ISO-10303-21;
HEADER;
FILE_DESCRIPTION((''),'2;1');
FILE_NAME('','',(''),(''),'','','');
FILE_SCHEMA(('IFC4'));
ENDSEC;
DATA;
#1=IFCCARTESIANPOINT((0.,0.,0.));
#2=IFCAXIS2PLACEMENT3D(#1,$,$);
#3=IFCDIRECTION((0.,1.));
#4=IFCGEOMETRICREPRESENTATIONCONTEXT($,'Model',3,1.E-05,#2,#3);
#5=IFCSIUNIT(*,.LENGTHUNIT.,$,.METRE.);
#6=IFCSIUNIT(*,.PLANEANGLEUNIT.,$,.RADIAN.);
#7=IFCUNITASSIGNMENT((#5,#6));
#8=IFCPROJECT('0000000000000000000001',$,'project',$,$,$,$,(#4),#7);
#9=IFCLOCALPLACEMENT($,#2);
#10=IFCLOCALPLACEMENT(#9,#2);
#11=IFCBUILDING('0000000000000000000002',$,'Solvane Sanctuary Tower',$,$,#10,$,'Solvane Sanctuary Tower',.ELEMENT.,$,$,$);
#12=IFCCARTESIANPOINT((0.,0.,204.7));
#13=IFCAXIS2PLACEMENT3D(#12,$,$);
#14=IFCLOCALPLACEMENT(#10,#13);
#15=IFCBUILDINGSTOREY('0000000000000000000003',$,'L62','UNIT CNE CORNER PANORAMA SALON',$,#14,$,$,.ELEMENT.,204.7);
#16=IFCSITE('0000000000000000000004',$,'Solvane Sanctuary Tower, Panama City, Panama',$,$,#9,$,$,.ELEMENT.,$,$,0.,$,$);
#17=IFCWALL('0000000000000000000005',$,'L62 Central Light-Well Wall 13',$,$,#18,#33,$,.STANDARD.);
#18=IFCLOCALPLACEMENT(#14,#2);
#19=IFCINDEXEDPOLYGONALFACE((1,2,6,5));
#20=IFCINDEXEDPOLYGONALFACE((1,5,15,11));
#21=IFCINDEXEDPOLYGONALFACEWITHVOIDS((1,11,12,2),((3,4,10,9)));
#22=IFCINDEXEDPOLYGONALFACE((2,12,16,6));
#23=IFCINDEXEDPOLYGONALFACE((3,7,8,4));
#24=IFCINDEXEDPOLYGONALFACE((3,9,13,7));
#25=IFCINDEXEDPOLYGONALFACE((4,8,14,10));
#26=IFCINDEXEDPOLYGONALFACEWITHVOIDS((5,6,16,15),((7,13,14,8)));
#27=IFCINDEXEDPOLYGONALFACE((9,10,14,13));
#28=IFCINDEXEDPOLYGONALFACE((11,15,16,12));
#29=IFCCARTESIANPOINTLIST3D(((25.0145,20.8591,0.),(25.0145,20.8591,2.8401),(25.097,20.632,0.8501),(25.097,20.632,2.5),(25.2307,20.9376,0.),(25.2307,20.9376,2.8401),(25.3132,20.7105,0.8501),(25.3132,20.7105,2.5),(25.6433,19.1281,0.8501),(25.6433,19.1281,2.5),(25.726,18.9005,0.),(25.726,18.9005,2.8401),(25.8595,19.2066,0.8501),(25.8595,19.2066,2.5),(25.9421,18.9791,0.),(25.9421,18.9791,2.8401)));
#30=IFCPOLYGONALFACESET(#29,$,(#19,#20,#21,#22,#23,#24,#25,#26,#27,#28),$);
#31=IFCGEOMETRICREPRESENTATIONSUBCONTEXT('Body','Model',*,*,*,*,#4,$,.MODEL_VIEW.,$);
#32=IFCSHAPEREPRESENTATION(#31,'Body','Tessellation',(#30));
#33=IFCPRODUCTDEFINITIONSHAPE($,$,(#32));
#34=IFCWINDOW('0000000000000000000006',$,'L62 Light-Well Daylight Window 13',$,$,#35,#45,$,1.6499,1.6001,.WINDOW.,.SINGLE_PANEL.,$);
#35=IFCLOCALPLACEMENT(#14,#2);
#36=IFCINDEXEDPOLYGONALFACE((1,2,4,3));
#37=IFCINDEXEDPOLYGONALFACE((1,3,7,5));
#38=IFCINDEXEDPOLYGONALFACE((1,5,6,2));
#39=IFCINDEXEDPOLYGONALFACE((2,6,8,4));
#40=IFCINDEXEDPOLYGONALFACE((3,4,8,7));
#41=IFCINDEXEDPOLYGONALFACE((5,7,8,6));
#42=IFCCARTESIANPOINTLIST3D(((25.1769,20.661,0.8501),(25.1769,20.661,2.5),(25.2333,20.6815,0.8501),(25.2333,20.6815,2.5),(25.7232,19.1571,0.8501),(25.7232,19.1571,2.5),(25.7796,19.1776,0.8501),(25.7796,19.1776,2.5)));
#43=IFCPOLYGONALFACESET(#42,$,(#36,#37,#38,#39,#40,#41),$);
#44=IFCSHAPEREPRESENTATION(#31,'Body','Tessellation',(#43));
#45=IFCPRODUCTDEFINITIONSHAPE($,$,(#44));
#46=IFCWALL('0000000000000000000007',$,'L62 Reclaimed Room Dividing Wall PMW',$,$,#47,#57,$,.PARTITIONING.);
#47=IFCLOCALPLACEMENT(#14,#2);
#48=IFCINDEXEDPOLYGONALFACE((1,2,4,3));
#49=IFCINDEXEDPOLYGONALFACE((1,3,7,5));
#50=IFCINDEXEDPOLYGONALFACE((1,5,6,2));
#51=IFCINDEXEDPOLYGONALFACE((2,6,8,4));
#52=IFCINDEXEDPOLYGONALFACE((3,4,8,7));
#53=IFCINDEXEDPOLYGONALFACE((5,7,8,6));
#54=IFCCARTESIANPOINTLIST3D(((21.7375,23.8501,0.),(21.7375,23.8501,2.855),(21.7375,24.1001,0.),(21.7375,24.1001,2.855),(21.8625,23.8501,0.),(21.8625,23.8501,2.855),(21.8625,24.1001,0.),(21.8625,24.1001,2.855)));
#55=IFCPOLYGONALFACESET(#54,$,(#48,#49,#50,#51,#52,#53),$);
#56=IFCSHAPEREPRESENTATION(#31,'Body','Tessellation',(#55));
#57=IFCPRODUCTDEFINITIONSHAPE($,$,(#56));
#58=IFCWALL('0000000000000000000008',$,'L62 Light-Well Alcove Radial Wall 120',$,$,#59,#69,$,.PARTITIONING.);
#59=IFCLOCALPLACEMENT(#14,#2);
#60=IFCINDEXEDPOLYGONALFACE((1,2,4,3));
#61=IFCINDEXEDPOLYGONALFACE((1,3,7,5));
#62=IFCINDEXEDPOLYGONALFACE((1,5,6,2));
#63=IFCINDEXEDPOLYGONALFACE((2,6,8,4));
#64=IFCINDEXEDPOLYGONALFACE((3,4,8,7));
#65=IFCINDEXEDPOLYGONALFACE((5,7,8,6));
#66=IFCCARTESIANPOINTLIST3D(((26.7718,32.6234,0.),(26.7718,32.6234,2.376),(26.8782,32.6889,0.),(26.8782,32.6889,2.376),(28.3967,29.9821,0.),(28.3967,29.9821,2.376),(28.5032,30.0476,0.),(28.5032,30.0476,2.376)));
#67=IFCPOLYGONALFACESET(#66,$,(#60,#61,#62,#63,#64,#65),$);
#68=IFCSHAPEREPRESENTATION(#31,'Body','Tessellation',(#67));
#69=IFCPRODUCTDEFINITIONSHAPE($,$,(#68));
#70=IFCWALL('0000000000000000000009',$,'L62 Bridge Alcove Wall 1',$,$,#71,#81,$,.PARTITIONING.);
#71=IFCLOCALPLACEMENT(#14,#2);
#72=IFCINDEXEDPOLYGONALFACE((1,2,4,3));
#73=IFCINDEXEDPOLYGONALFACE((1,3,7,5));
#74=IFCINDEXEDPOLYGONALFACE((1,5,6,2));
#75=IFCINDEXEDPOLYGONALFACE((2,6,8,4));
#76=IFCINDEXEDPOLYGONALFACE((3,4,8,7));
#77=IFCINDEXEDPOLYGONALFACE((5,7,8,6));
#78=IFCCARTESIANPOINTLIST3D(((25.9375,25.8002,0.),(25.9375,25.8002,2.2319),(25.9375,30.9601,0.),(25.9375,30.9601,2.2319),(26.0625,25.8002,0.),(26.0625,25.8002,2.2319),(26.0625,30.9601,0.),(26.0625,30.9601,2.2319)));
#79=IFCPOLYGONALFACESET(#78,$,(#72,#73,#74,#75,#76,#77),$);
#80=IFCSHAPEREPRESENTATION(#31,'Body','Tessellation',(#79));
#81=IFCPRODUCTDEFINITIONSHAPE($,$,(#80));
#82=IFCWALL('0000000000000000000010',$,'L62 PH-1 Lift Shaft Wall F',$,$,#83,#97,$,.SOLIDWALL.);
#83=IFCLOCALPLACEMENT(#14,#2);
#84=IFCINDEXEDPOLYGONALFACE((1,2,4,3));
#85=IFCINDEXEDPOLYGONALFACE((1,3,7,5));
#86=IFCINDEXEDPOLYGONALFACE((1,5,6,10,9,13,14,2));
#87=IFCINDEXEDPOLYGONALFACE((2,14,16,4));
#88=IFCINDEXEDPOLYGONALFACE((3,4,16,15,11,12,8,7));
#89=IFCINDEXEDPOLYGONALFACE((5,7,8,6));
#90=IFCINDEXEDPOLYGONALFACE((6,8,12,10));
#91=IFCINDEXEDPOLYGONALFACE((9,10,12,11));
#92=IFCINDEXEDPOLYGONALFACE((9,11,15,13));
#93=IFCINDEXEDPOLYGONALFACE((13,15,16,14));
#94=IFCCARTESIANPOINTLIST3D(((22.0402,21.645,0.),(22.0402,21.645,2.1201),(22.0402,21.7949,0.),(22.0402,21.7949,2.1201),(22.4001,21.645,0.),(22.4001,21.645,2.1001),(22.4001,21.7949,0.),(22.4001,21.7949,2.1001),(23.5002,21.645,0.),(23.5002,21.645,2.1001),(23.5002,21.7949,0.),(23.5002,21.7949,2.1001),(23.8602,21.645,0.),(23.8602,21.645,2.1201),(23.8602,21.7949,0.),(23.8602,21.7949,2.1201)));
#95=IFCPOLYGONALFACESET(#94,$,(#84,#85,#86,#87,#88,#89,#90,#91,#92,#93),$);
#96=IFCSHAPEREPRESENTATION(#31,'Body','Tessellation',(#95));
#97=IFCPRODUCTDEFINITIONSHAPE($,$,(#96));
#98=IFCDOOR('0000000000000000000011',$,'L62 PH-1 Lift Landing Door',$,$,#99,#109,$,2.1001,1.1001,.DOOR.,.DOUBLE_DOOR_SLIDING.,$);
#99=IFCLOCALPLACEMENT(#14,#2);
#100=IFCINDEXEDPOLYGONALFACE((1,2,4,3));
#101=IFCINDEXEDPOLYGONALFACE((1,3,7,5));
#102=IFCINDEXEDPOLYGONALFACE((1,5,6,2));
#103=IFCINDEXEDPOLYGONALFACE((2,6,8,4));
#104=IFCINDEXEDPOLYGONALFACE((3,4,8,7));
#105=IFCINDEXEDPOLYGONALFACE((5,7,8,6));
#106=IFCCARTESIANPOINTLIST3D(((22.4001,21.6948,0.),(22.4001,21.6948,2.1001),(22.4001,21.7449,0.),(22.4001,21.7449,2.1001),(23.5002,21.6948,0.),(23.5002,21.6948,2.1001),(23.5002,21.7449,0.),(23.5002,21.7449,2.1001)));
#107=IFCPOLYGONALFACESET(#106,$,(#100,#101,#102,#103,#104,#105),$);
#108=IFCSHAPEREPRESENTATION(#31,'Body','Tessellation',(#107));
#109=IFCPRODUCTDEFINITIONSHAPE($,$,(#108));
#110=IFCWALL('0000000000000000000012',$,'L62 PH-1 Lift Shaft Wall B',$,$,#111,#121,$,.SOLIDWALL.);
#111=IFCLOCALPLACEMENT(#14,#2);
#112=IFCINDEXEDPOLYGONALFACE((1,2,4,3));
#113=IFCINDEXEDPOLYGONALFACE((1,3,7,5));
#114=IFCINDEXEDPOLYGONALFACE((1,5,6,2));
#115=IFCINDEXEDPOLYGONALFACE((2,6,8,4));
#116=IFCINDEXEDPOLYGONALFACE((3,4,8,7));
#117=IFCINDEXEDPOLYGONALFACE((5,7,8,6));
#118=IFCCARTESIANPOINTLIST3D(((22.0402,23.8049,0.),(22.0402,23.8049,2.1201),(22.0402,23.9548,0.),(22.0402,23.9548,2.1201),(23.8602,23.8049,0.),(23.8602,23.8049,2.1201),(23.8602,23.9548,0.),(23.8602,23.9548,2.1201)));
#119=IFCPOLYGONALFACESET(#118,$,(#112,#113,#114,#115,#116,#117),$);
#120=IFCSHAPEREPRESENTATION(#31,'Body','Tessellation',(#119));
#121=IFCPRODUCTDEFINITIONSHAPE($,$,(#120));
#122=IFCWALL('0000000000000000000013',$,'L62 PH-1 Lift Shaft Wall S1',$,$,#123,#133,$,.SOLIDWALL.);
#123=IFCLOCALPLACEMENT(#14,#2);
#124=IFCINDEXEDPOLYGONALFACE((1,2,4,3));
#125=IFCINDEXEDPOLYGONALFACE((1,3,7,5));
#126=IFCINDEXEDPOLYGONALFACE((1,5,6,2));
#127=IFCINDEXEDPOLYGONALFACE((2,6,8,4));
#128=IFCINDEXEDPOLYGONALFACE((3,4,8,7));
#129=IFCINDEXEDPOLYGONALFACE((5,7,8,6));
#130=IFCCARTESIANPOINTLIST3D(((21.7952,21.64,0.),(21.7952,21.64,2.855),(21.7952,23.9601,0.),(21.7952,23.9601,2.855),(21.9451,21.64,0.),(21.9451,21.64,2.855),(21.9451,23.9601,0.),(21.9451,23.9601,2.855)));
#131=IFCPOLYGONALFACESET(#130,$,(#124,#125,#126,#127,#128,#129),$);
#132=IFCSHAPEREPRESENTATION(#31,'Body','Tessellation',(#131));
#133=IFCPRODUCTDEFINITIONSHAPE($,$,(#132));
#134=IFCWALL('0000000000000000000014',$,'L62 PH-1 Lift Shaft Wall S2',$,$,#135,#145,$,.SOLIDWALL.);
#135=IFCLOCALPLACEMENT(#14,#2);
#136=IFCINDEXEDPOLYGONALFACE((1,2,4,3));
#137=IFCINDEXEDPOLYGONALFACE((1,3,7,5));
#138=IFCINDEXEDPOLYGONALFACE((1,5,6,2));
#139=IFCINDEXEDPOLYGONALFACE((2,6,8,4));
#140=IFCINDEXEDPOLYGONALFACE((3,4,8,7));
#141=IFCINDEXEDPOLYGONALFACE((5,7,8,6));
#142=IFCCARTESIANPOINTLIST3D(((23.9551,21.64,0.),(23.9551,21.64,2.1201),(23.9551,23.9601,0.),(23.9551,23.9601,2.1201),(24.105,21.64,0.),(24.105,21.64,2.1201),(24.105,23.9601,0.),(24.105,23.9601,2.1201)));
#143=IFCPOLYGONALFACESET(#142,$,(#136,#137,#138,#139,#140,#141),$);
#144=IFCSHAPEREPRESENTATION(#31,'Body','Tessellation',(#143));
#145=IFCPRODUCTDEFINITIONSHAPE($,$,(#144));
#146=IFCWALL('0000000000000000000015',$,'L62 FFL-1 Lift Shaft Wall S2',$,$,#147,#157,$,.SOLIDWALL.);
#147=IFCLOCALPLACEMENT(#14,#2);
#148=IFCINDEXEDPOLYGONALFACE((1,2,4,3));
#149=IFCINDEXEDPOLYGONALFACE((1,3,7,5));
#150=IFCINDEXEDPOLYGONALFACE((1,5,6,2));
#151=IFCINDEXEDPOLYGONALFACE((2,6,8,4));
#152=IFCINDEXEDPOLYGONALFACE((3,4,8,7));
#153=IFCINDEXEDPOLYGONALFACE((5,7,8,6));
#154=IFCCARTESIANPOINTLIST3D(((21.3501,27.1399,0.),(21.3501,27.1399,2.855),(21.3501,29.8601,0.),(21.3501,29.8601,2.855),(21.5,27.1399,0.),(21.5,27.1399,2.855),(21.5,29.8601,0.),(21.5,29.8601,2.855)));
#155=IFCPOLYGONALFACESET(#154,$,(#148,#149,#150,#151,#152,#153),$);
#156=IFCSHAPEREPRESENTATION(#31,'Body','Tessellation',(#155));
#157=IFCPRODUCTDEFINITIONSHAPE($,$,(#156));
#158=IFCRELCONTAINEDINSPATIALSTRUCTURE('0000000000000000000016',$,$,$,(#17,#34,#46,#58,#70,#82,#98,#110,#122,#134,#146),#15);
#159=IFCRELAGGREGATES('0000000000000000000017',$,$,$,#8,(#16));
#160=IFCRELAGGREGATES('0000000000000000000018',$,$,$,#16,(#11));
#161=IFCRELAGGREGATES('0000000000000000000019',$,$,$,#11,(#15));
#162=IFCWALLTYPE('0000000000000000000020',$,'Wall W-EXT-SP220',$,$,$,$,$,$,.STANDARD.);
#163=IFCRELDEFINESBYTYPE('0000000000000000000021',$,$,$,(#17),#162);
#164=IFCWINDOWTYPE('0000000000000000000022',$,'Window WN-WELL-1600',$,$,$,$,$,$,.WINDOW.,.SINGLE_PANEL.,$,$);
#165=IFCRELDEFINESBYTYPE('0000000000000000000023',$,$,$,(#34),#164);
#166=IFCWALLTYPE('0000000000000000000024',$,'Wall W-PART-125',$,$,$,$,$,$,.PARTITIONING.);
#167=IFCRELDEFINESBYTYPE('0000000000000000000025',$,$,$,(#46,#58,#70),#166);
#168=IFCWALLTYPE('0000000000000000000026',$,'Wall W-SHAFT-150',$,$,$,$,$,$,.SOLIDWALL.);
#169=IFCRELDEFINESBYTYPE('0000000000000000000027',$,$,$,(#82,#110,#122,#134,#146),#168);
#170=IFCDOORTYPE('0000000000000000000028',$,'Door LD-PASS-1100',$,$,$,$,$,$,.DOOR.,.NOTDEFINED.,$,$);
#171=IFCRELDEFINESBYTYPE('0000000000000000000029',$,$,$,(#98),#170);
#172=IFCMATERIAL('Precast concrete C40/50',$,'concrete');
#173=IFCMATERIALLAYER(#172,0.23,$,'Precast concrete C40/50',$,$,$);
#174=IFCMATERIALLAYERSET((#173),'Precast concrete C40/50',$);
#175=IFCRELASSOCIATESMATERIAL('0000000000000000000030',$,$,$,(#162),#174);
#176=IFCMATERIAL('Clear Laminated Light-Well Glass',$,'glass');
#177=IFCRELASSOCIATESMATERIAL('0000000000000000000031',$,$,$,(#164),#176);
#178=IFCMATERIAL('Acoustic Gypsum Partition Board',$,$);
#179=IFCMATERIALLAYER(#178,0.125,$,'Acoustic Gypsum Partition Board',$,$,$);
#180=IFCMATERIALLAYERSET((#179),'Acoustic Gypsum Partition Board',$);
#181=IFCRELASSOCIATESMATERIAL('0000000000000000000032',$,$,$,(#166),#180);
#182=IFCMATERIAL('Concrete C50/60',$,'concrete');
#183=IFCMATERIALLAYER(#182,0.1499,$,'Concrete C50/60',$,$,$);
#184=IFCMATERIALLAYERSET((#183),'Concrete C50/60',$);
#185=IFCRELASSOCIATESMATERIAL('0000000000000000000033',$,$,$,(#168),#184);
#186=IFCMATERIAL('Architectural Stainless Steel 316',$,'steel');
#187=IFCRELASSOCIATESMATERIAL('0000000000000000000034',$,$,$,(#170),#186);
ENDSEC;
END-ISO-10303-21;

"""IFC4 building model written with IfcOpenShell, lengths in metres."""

from ifc_helpers import new_model, si_unit, direction, frame, frame_2d, origin, place, context, subcontext, project, spatial, rectangle, extrude, material, layer, layer_set, type_object, element, fill, save


model = new_model("IFC4")

# Units and contexts
model_context = context("Model", 3, precision=1e-05, world=origin(), true_north=direction((0.0, 1.0)))
body_context = subcontext(model_context, "Body", "Model", "MODEL_VIEW")
ifc_project = project(units=[si_unit("LENGTHUNIT", "METRE"), si_unit("PLANEANGLEUNIT", "RADIAN")], contexts=[model_context])

# Site, building, storey
site_placement = place(None, origin())
site = spatial("IfcSite", under=ifc_project, at=site_placement, Name="Solvane Sanctuary Tower, Panama City, Panama", CompositionType="ELEMENT", RefElevation=0.0)
building_placement = place(site_placement, origin())
building = spatial("IfcBuilding", under=site, at=building_placement, Name="Solvane Sanctuary Tower", LongName="Solvane Sanctuary Tower", CompositionType="ELEMENT")
storey_placement = place(building_placement, frame((0.0, 0.0, 204.7)))
storey = spatial("IfcBuildingStorey", under=building, at=storey_placement, Name="L62", Description="UNIT CNE CORNER PANORAMA SALON", CompositionType="ELEMENT", Elevation=204.7)

# Shared definitions
ifc_material_1 = material(Name="Concrete C50/60", Category="concrete")

# Shared definitions
ifc_material_2 = material(Name="Acoustic Gypsum Partition Board")
ifc_material_3 = material(Name="Architectural Stainless Steel 316", Category="steel")

# Shared definitions
ifc_material_4 = material(Name="Precast concrete C40/50", Category="concrete")
ifc_layer_1 = layer(ifc_material_4, 0.23, Name="Precast concrete C40/50")
ifc_layer_set_1 = layer_set([ifc_layer_1], Name="Precast concrete C40/50")
wall_type_1 = type_object("IfcWallType", Name="Wall W-EXT-SP220", PredefinedType="STANDARD", material=ifc_layer_set_1)

# Shared definitions
ifc_material_5 = material(Name="Clear Laminated Light-Well Glass", Category="glass")
window_type = type_object("IfcWindowType", Name="Window WN-WELL-1600", PartitioningType="SINGLE_PANEL", PredefinedType="WINDOW", material=ifc_material_5)

# Wall, opening, window
wall_1_placement = place(storey_placement, frame((25.1226, 20.8984, 0.0), z_axis=(0.0, 0.0, 1.0), x_axis=(0.341423, -0.93991, 0.0)))
wall_1 = element("IfcWall", 1, at=wall_1_placement, inside=storey, type_object=wall_type_1, Name="L62 Central Light-Well Wall 13", PredefinedType="STANDARD", context=body_context, shape_type="SweptSolid", body=[
    extrude(rectangle(XDim=2.0837, YDim=0.23, at=frame_2d((1.042, 0.0))), origin(), (0.0, 0.0, 1.0), 2.8401),
])
opening_1_placement = place(wall_1_placement, frame((0.2417, 0.0, 0.8501)))
opening_1 = element("IfcOpeningElement", 2, at=opening_1_placement, cuts=wall_1, PredefinedType="OPENING", context=body_context, shape_type="SweptSolid", body=[
    extrude(rectangle(XDim=1.6001, YDim=1.6499, at=frame_2d((0.8, 0.825))), frame((0.0, 0.125, 0.0), z_axis=(0.0, -1.0, 0.0), x_axis=(1.0, 0.0, 0.0)), (0.0, 0.0, 1.0), 0.25),
])
window_1_placement = place(opening_1_placement, origin())
window_1 = element("IfcWindow", 3, at=window_1_placement, inside=storey, type_object=window_type, Name="L62 Light-Well Daylight Window 13", OverallHeight=1.6499, OverallWidth=1.6001, PartitioningType="SINGLE_PANEL", PredefinedType="WINDOW", context=body_context, shape_type="SweptSolid", body=[
    extrude(rectangle(XDim=1.6001, YDim=1.6499, at=frame_2d((0.8, 0.825))), frame((0.0, 0.03, 0.0), z_axis=(0.0, -1.0, 0.0), x_axis=(1.0, 0.0, 0.0)), (0.0, 0.0, 1.0), 0.0601),
])
fill(opening_1, window_1)

# Walls
ifc_layer_2 = layer(ifc_material_2, 0.125, Name="Acoustic Gypsum Partition Board")
ifc_layer_set_2 = layer_set([ifc_layer_2], Name="Acoustic Gypsum Partition Board")
wall_type_2 = type_object("IfcWallType", Name="Wall W-PART-125", PredefinedType="PARTITIONING", material=ifc_layer_set_2)
wall_2_placement = place(storey_placement, frame((21.8, 23.8501, 0.0), z_axis=(0.0, 0.0, 1.0), x_axis=(0.0, 1.0, 0.0)))
element("IfcWall", 4, at=wall_2_placement, inside=storey, type_object=wall_type_2, Name="L62 Reclaimed Room Dividing Wall PMW", PredefinedType="PARTITIONING", context=body_context, shape_type="SweptSolid", body=[
    extrude(rectangle(XDim=0.25, YDim=0.125, at=frame_2d((0.125, 0.0))), origin(), (0.0, 0.0, 1.0), 2.855),
])
wall_3_placement = place(storey_placement, frame((28.45, 30.0149, 0.0), z_axis=(0.0, 0.0, 1.0), x_axis=(-0.523992, 0.851723, 0.0)))
element("IfcWall", 5, at=wall_3_placement, inside=storey, type_object=wall_type_2, Name="L62 Light-Well Alcove Radial Wall 120", PredefinedType="PARTITIONING", context=body_context, shape_type="SweptSolid", body=[
    extrude(rectangle(XDim=3.1011, YDim=0.125, at=frame_2d((1.5505, 0.0))), origin(), (0.0, 0.0, 1.0), 2.376),
])
wall_4_placement = place(storey_placement, frame((26.0, 25.8, 0.0), z_axis=(0.0, 0.0, 1.0), x_axis=(0.0, 1.0, 0.0)))
element("IfcWall", 6, at=wall_4_placement, inside=storey, type_object=wall_type_2, Name="L62 Bridge Alcove Wall 1", PredefinedType="PARTITIONING", context=body_context, shape_type="SweptSolid", body=[
    extrude(rectangle(XDim=5.1599, YDim=0.125, at=frame_2d((2.5801, 0.0))), origin(), (0.0, 0.0, 1.0), 2.2319),
])

# Wall, opening, door
ifc_layer_3 = layer(ifc_material_1, 0.1499, Name="Concrete C50/60")
ifc_layer_set_3 = layer_set([ifc_layer_3], Name="Concrete C50/60")
wall_type_3 = type_object("IfcWallType", Name="Wall W-SHAFT-150", PredefinedType="SOLIDWALL", material=ifc_layer_set_3)
wall_5_placement = place(storey_placement, frame((22.04, 21.72, 0.0), z_axis=(0.0, 0.0, 1.0), x_axis=(1.0, 0.0, 0.0)))
wall_5 = element("IfcWall", 7, at=wall_5_placement, inside=storey, type_object=wall_type_3, Name="L62 PH-1 Lift Shaft Wall F", PredefinedType="SOLIDWALL", context=body_context, shape_type="SweptSolid", body=[
    extrude(rectangle(XDim=1.8201, YDim=0.1499, at=frame_2d((0.9102, 0.0))), origin(), (0.0, 0.0, 1.0), 2.1201),
])
opening_2_placement = place(wall_5_placement, frame((0.3601, 0.0, 0.0)))
opening_2 = element("IfcOpeningElement", 8, at=opening_2_placement, cuts=wall_5, PredefinedType="OPENING", context=body_context, shape_type="SweptSolid", body=[
    extrude(rectangle(XDim=1.1001, YDim=2.1001, at=frame_2d((0.55, 1.05))), frame((0.0, 0.085, 0.0), z_axis=(0.0, -1.0, 0.0), x_axis=(1.0, 0.0, 0.0)), (0.0, 0.0, 1.0), 0.1699),
])
door_type_1 = type_object("IfcDoorType", Name="Door LD-PASS-1100", OperationType="NOTDEFINED", PredefinedType="DOOR", material=ifc_material_3)
door_1_placement = place(opening_2_placement, origin())
door_1 = element("IfcDoor", 9, at=door_1_placement, inside=storey, type_object=door_type_1, Name="L62 PH-1 Lift Landing Door", OperationType="DOUBLE_DOOR_SLIDING", OverallHeight=2.1001, OverallWidth=1.1001, PredefinedType="DOOR", context=body_context, shape_type="SweptSolid", body=[
    extrude(rectangle(XDim=1.1001, YDim=2.1001, at=frame_2d((0.55, 1.05))), frame((0.0, 0.0249, 0.0), z_axis=(0.0, -1.0, 0.0), x_axis=(1.0, 0.0, 0.0)), (0.0, 0.0, 1.0), 0.05),
])
fill(opening_2, door_1)

# Walls
wall_6_placement = place(storey_placement, frame((22.04, 23.8799, 0.0), z_axis=(0.0, 0.0, 1.0), x_axis=(1.0, 0.0, 0.0)))
element("IfcWall", 10, at=wall_6_placement, inside=storey, type_object=wall_type_3, Name="L62 PH-1 Lift Shaft Wall B", PredefinedType="SOLIDWALL", context=body_context, shape_type="SweptSolid", body=[
    extrude(rectangle(XDim=1.8201, YDim=0.1499, at=frame_2d((0.9102, 0.0))), origin(), (0.0, 0.0, 1.0), 2.1201),
])
wall_7_placement = place(storey_placement, frame((21.8701, 21.6399, 0.0), z_axis=(0.0, 0.0, 1.0), x_axis=(0.0, 1.0, 0.0)))
element("IfcWall", 11, at=wall_7_placement, inside=storey, type_object=wall_type_3, Name="L62 PH-1 Lift Shaft Wall S1", PredefinedType="SOLIDWALL", context=body_context, shape_type="SweptSolid", body=[
    extrude(rectangle(XDim=2.3201, YDim=0.1499, at=frame_2d((1.1602, 0.0))), origin(), (0.0, 0.0, 1.0), 2.855),
])
wall_8_placement = place(storey_placement, frame((24.03, 21.6399, 0.0), z_axis=(0.0, 0.0, 1.0), x_axis=(0.0, 1.0, 0.0)))
element("IfcWall", 12, at=wall_8_placement, inside=storey, type_object=wall_type_3, Name="L62 PH-1 Lift Shaft Wall S2", PredefinedType="SOLIDWALL", context=body_context, shape_type="SweptSolid", body=[
    extrude(rectangle(XDim=2.3201, YDim=0.1499, at=frame_2d((1.1602, 0.0))), origin(), (0.0, 0.0, 1.0), 2.1201),
])
wall_9_placement = place(storey_placement, frame((21.425, 27.1399, 0.0), z_axis=(0.0, 0.0, 1.0), x_axis=(0.0, 1.0, 0.0)))
element("IfcWall", 13, at=wall_9_placement, inside=storey, type_object=wall_type_3, Name="L62 FFL-1 Lift Shaft Wall S2", PredefinedType="SOLIDWALL", context=body_context, shape_type="SweptSolid", body=[
    extrude(rectangle(XDim=2.7202, YDim=0.1499, at=frame_2d((1.3601, 0.0))), origin(), (0.0, 0.0, 1.0), 2.855),
])

save(model, "model.ifc")
